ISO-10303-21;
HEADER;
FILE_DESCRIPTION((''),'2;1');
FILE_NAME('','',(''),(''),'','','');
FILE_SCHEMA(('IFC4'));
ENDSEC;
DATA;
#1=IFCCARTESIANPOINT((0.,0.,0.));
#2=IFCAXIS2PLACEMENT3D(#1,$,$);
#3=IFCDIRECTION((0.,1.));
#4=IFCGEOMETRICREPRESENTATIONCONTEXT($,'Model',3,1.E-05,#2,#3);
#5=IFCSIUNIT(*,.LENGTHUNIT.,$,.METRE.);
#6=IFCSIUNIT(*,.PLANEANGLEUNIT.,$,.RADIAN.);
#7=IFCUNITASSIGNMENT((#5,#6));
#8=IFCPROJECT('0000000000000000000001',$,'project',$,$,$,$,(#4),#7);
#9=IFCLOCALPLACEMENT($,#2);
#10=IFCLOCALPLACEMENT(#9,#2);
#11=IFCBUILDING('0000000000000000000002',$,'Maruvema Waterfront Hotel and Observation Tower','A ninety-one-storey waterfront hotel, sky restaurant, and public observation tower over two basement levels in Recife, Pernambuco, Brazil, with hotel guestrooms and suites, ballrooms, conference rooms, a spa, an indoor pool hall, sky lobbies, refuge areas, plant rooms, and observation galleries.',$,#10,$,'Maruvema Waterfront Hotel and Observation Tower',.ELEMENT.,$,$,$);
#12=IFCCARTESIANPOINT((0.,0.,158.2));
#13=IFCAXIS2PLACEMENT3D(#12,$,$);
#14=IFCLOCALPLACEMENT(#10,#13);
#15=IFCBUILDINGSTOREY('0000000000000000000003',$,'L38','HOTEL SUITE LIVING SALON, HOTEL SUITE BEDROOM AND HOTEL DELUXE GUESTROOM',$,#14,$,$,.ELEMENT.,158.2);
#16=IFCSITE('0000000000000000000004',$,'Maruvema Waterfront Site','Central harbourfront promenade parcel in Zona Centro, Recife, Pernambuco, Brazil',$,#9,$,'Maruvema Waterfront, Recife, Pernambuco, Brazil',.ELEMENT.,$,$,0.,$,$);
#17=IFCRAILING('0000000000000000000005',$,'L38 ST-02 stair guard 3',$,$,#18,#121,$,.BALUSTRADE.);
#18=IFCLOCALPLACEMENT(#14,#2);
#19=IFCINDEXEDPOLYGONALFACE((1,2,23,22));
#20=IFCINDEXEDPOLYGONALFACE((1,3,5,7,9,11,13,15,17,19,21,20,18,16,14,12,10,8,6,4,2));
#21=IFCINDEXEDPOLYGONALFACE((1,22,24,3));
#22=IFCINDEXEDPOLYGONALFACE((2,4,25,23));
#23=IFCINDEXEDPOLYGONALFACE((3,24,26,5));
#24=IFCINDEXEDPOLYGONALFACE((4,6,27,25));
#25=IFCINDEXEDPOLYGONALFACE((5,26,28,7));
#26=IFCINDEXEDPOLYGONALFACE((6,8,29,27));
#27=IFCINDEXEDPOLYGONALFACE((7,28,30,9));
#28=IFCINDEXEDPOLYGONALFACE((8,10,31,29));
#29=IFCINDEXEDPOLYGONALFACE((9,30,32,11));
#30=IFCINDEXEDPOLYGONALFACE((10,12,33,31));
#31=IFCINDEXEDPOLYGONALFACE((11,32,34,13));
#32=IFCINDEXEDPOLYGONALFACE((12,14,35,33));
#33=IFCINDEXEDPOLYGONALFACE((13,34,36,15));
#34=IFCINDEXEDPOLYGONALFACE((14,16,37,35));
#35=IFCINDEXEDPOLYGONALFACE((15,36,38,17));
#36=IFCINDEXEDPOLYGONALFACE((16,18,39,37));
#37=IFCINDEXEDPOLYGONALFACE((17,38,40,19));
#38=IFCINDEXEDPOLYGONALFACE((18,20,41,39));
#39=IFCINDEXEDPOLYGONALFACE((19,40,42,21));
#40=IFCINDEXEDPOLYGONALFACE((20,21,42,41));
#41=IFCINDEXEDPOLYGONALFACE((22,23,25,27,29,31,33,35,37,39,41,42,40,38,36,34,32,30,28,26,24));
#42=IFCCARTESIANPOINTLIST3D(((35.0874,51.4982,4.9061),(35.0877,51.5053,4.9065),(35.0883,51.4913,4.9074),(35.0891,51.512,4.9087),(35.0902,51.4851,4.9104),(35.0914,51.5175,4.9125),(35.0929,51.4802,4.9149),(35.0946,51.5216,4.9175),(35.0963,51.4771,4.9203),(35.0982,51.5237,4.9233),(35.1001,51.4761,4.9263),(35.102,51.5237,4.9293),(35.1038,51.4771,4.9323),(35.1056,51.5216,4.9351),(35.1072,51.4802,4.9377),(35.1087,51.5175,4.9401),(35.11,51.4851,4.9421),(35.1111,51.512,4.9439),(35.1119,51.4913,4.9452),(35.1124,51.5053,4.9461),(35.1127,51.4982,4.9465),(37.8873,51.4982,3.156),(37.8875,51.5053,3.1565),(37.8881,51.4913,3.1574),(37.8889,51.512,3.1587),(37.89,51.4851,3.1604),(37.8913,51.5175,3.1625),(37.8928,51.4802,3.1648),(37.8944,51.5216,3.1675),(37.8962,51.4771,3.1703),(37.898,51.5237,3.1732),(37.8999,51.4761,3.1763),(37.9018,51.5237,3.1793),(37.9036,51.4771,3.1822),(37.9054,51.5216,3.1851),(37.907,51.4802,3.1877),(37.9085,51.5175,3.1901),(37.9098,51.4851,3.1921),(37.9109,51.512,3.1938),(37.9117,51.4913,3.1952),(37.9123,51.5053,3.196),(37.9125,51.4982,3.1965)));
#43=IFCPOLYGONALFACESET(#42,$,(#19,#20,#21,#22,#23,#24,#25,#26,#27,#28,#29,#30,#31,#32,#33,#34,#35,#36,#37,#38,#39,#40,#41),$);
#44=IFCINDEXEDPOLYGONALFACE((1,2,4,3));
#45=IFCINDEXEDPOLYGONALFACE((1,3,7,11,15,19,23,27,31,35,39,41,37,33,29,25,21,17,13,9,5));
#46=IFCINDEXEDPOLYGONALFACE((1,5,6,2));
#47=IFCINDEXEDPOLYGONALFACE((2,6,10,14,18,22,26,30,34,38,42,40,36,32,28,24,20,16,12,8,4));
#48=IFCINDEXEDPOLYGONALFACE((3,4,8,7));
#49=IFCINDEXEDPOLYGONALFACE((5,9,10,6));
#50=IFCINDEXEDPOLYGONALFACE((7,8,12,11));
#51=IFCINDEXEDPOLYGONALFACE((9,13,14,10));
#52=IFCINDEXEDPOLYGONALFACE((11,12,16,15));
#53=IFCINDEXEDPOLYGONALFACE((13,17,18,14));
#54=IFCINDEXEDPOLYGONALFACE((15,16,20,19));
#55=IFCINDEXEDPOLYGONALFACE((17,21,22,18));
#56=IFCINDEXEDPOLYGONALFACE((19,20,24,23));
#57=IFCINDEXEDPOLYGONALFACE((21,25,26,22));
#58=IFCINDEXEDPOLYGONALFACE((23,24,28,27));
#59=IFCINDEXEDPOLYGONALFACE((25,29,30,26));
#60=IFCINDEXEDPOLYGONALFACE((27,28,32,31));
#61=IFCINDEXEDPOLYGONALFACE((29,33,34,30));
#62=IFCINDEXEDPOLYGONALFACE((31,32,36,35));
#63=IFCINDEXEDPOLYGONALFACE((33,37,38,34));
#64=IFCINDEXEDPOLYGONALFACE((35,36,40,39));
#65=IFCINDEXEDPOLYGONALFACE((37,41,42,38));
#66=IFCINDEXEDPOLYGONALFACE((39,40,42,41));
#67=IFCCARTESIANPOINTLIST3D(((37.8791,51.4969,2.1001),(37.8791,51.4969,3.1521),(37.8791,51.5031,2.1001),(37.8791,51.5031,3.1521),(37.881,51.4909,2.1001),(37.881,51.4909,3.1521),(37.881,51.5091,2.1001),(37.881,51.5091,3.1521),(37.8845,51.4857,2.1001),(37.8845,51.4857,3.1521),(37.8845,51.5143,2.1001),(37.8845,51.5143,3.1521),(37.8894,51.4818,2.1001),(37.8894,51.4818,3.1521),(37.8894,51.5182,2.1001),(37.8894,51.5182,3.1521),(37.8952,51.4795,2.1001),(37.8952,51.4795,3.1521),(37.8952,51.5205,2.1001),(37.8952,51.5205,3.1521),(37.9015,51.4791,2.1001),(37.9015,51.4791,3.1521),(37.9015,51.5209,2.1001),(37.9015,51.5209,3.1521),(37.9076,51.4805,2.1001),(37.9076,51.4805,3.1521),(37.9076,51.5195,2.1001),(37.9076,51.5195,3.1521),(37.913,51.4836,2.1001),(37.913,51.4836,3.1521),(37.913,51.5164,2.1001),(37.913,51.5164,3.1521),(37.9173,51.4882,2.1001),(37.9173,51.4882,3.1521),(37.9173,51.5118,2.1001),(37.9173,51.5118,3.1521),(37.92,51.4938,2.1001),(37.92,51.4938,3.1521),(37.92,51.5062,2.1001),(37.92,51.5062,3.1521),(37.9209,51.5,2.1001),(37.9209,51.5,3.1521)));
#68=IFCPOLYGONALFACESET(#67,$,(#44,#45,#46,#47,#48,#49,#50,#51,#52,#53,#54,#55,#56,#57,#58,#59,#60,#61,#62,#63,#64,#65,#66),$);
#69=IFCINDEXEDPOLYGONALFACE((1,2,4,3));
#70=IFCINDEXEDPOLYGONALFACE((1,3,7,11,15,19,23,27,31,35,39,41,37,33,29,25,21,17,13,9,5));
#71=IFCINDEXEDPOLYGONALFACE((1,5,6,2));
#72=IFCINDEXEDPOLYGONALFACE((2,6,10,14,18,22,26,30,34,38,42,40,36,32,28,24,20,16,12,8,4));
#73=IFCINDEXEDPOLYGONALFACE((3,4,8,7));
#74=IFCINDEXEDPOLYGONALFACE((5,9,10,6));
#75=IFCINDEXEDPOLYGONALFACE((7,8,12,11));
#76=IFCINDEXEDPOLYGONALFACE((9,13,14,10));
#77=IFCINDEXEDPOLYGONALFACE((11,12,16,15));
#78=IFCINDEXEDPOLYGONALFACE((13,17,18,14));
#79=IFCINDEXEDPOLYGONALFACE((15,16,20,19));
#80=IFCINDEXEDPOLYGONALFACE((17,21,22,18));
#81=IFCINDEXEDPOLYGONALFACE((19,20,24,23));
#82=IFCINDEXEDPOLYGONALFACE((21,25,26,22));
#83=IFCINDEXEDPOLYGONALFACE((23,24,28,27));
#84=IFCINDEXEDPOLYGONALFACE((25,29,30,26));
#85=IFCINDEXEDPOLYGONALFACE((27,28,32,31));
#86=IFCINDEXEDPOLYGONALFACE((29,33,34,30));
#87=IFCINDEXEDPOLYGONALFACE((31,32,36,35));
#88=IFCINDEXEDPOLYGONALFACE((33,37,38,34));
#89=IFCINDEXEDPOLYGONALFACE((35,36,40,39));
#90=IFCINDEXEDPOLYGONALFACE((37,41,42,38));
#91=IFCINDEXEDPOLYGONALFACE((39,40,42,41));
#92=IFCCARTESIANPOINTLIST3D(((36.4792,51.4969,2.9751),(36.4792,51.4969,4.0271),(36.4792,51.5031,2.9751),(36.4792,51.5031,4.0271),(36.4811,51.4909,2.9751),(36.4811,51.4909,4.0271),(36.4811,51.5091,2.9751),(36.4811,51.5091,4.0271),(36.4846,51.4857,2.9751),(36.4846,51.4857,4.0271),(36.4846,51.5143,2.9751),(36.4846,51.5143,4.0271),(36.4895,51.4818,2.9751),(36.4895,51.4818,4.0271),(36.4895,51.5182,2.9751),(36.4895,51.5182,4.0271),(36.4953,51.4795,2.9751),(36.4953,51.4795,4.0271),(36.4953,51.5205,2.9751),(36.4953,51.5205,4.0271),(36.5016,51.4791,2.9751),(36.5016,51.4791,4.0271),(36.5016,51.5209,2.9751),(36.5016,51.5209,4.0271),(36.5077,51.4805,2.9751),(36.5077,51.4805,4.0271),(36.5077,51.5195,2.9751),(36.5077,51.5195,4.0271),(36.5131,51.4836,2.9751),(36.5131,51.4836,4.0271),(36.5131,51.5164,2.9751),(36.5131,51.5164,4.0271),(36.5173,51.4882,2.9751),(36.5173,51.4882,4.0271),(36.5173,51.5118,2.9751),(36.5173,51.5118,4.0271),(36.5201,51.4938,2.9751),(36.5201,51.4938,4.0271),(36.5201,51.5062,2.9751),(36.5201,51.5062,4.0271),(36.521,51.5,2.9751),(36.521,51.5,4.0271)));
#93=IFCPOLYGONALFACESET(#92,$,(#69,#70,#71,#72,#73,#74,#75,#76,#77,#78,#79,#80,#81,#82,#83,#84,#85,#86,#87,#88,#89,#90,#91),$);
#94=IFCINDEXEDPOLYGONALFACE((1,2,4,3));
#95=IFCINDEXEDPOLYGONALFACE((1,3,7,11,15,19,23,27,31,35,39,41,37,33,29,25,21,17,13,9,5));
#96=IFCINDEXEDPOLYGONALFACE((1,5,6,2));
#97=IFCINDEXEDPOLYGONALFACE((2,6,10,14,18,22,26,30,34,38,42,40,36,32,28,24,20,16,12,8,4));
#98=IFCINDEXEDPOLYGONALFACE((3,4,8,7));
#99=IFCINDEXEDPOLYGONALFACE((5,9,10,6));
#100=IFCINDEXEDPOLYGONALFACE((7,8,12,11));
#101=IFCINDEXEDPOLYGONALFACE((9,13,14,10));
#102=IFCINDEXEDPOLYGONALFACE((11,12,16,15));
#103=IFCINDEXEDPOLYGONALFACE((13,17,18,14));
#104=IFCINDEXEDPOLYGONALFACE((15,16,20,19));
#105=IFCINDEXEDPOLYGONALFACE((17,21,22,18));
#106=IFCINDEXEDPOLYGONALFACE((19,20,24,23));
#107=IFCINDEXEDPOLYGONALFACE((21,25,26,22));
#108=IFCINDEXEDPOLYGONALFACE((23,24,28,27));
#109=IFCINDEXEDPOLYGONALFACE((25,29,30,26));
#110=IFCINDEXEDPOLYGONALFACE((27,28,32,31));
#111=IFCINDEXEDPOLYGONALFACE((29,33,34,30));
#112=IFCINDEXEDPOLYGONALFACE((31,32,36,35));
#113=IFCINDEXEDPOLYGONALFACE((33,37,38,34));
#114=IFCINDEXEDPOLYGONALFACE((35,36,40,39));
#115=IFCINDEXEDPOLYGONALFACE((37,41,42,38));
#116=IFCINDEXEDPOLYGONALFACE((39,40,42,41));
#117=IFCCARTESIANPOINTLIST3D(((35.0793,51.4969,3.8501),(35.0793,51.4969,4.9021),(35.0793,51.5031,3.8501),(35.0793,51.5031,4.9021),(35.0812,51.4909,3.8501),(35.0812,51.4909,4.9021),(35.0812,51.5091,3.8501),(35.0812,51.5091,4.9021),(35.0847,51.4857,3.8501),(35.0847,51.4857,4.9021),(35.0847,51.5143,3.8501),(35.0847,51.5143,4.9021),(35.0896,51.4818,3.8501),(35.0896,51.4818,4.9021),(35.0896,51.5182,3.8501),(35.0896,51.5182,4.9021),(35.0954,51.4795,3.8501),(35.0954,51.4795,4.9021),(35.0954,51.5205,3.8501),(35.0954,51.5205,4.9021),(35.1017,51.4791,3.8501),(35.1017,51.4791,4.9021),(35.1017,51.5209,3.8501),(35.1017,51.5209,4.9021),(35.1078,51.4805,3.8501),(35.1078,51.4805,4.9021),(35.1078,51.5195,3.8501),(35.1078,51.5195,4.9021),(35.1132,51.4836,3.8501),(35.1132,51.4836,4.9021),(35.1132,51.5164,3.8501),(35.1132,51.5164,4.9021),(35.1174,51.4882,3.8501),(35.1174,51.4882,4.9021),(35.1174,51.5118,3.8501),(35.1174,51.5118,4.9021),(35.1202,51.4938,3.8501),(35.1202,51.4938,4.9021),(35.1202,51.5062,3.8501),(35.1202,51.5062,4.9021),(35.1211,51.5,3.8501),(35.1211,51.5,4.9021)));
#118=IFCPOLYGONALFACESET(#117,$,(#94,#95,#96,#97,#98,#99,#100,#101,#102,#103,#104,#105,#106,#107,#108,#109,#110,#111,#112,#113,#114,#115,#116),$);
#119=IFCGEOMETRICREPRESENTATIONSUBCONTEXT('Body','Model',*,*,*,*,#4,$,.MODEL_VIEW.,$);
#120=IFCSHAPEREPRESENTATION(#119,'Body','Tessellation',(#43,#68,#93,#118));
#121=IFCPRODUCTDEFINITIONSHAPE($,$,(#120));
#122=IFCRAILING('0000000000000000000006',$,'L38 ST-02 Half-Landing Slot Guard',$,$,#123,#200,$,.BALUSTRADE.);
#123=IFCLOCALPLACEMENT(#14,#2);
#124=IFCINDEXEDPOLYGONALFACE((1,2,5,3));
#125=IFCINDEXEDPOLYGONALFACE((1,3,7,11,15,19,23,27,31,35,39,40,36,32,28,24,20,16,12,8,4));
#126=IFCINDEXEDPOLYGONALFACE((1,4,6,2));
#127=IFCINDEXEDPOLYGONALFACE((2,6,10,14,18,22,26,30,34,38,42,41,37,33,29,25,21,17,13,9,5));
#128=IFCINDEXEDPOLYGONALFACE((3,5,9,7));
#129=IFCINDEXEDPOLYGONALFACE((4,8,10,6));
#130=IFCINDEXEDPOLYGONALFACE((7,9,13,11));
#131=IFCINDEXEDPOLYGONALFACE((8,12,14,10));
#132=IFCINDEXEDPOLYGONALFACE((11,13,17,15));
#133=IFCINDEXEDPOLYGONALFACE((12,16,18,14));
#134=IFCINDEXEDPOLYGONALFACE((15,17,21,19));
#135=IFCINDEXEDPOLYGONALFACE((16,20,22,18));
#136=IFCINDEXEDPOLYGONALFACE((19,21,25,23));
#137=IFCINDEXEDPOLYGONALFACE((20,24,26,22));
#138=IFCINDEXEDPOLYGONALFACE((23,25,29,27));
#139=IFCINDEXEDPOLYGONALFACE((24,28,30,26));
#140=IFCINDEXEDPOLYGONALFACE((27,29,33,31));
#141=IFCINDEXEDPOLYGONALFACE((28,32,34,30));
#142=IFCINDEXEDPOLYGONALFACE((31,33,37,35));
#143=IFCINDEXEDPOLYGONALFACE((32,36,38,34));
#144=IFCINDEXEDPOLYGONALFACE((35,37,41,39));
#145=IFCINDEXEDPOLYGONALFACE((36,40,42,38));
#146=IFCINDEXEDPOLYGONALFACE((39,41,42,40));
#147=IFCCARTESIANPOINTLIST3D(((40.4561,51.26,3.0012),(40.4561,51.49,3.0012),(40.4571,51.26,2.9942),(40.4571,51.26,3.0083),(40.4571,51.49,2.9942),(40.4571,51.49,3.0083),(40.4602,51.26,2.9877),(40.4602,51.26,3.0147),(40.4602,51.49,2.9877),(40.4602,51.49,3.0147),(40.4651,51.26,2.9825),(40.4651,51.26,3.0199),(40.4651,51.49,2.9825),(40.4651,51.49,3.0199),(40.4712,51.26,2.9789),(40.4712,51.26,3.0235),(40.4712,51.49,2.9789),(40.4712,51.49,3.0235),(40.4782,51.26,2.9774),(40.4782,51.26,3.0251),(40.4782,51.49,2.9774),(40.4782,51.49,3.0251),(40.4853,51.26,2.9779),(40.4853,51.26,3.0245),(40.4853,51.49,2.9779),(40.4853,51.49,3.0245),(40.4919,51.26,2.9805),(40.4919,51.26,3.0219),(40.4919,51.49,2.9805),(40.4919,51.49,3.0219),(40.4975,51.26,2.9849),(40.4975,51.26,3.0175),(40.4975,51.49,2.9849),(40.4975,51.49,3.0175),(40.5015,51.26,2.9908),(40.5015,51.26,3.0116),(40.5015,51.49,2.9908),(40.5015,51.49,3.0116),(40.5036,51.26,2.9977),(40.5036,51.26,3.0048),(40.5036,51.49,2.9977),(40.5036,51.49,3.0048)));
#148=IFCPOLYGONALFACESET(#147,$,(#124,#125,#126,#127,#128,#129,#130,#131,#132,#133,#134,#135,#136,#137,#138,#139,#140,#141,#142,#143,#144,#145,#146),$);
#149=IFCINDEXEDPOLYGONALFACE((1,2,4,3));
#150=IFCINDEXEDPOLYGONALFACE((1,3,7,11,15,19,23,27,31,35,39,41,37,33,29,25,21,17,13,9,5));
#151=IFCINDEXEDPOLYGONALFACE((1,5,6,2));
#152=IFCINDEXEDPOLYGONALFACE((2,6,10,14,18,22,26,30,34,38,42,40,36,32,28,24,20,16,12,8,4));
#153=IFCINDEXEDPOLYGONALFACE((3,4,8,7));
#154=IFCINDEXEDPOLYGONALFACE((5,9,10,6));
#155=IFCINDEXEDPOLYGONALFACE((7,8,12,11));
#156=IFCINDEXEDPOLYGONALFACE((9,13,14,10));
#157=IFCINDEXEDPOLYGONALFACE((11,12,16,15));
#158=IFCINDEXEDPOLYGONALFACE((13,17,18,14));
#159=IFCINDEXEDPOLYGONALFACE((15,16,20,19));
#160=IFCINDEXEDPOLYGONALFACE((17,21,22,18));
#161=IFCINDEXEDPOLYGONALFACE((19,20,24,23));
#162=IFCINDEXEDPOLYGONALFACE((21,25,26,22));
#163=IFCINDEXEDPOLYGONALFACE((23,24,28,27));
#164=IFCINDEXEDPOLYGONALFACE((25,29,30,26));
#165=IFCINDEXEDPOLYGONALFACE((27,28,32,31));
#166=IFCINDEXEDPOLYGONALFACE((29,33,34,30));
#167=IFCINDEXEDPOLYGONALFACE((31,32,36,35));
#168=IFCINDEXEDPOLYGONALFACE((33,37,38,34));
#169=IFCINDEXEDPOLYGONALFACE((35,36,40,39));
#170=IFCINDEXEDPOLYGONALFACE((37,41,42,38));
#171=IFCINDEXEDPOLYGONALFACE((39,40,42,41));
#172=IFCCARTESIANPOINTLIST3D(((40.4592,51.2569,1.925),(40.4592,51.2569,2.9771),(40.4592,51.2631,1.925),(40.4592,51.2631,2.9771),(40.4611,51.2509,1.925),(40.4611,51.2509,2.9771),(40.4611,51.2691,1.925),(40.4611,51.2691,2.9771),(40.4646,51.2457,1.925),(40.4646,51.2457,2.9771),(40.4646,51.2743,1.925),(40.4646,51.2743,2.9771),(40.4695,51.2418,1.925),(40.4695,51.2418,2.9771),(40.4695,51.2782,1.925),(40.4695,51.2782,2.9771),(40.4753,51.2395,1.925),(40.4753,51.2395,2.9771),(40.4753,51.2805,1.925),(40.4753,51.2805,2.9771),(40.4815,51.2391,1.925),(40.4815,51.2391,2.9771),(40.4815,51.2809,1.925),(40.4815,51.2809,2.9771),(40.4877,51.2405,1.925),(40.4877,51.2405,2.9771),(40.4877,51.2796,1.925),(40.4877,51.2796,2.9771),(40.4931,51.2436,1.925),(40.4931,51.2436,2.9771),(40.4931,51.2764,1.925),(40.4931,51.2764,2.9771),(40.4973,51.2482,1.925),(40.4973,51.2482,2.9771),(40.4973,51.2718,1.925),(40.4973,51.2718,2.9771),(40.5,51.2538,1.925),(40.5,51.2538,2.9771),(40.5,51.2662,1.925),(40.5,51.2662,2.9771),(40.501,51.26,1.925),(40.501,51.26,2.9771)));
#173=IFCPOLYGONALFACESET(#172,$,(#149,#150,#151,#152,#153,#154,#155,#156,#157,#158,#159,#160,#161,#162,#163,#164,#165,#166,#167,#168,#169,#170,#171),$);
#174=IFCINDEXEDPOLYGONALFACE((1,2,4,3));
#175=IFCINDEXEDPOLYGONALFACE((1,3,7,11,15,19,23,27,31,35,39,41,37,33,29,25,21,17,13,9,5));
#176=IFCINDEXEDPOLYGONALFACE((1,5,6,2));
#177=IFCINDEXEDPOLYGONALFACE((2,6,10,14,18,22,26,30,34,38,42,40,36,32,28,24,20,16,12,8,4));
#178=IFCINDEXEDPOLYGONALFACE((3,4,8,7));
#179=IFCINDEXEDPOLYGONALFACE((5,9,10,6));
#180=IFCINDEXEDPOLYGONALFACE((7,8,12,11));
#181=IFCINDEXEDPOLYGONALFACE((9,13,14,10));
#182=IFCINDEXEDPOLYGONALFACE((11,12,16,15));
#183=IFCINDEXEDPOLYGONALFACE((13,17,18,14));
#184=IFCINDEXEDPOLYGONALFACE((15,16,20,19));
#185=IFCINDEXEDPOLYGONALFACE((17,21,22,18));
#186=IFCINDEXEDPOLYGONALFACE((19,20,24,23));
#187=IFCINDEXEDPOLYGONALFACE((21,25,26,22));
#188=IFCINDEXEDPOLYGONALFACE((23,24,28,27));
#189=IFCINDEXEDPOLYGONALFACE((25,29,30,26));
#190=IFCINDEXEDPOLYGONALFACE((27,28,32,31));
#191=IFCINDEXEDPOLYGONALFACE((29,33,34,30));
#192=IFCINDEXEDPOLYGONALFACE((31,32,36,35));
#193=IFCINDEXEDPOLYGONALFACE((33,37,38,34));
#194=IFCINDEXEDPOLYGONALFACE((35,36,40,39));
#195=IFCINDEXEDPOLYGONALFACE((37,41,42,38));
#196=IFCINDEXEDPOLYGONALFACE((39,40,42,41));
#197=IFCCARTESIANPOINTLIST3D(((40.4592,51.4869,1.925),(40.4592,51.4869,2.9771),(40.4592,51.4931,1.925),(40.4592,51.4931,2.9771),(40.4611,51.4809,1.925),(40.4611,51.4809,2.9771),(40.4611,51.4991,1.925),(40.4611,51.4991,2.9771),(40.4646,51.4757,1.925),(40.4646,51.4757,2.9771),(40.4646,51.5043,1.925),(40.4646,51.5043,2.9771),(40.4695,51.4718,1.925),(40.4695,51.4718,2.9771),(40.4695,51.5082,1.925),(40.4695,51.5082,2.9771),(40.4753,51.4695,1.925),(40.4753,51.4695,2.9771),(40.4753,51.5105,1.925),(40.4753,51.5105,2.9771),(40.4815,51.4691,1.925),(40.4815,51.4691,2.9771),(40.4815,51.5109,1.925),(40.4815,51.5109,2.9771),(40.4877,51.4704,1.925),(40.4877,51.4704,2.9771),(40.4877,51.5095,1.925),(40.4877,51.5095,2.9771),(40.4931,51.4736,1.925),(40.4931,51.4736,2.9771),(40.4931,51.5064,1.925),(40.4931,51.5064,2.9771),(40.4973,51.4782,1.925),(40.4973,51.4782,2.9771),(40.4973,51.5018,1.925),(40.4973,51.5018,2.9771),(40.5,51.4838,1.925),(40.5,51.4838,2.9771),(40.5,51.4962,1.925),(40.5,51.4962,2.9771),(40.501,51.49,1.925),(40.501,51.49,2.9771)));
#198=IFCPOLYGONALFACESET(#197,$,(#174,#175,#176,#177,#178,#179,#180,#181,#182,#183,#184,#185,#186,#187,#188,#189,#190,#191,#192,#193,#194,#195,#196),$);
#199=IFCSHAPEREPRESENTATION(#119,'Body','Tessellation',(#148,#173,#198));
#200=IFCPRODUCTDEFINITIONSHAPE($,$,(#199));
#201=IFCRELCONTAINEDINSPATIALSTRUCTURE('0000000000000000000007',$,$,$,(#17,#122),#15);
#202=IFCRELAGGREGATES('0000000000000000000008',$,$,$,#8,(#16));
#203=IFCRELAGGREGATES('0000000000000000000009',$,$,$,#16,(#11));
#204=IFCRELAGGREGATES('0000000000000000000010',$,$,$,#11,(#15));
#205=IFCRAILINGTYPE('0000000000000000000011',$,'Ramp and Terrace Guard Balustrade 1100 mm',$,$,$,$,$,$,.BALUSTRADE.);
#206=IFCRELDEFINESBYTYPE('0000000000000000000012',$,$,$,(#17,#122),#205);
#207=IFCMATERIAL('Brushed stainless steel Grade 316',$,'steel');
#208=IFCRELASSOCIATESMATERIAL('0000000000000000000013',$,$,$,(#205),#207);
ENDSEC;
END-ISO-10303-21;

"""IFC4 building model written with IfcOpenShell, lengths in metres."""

from ifc_helpers import new_model, si_unit, direction, frame, origin, origin_2d, place, context, subcontext, project, spatial, circle, extrude, material, type_object, element, save


model = new_model("IFC4")

# Units and contexts
model_context = context("Model", 3, precision=1e-05, world=origin(), true_north=direction((0.0, 1.0)))
body_context = subcontext(model_context, "Body", "Model", "MODEL_VIEW")
ifc_project = project(units=[si_unit("LENGTHUNIT", "METRE"), si_unit("PLANEANGLEUNIT", "RADIAN")], contexts=[model_context])

# Site, building, storey
site_placement = place(None, origin())
site = spatial("IfcSite", under=ifc_project, at=site_placement, Name="Maruvema Waterfront Site", Description="Central harbourfront promenade parcel in Zona Centro, Recife, Pernambuco, Brazil", LongName="Maruvema Waterfront, Recife, Pernambuco, Brazil", CompositionType="ELEMENT", RefElevation=0.0)
building_placement = place(site_placement, origin())
building = spatial("IfcBuilding", under=site, at=building_placement, Name="Maruvema Waterfront Hotel and Observation Tower", Description="A ninety-one-storey waterfront hotel, sky restaurant, and public observation tower over two basement levels in Recife, Pernambuco, Brazil, with hotel guestrooms and suites, ballrooms, conference rooms, a spa, an indoor pool hall, sky lobbies, refuge areas, plant rooms, and observation galleries.", LongName="Maruvema Waterfront Hotel and Observation Tower", CompositionType="ELEMENT")
storey_placement = place(building_placement, frame((0.0, 0.0, 158.2)))
storey = spatial("IfcBuildingStorey", under=building, at=storey_placement, Name="L38", Description="HOTEL SUITE LIVING SALON, HOTEL SUITE BEDROOM AND HOTEL DELUXE GUESTROOM", CompositionType="ELEMENT", Elevation=158.2)

# Railings
ifc_material_1 = material(Name="Brushed stainless steel Grade 316", Category="steel")
railing_type_1 = type_object("IfcRailingType", Name="Ramp and Terrace Guard Balustrade 1100 mm", PredefinedType="BALUSTRADE", material=ifc_material_1)
railing_1_placement = place(storey_placement, frame((37.8999, 51.5, 2.1001)))
element("IfcRailing", 1, at=railing_1_placement, inside=storey, type_object=railing_type_1, Name="L38 ST-02 stair guard 3", PredefinedType="BALUSTRADE", context=body_context, shape_type="SweptSolid", body=[
    extrude(circle(Radius=0.0239, at=origin_2d()), frame((0.0, 0.0, 1.0762), z_axis=(-0.847982, 0.0, 0.530026), x_axis=(0.0, -1.0, 0.0)), (0.0, 0.0, 1.0), 3.3018),
    extrude(circle(Radius=0.021, at=origin_2d()), origin(), (0.0, 0.0, 1.0), 1.052),
    extrude(circle(Radius=0.021, at=origin_2d()), frame((-1.3999, 0.0, 0.875)), (0.0, 0.0, 1.0), 1.052),
    extrude(circle(Radius=0.021, at=origin_2d()), frame((-2.7998, 0.0, 1.75)), (0.0, 0.0, 1.0), 1.052),
])
railing_2_placement = place(storey_placement, frame((40.48, 51.26, 1.925)))
element("IfcRailing", 2, at=railing_2_placement, inside=storey, type_object=railing_type_1, Name="L38 ST-02 Half-Landing Slot Guard", PredefinedType="BALUSTRADE", context=body_context, shape_type="SweptSolid", body=[
    extrude(circle(Radius=0.0239, at=origin_2d()), frame((0.0, 0.0, 1.0762), z_axis=(0.0, 1.0, 0.0), x_axis=(-1.0, 0.0, 0.0)), (0.0, 0.0, 1.0), 0.23),
    extrude(circle(Radius=0.021, at=origin_2d()), origin(), (0.0, 0.0, 1.0), 1.052),
    extrude(circle(Radius=0.021, at=origin_2d()), frame((0.0, 0.23, 0.0)), (0.0, 0.0, 1.0), 1.052),
])

save(model, "model.ifc")
